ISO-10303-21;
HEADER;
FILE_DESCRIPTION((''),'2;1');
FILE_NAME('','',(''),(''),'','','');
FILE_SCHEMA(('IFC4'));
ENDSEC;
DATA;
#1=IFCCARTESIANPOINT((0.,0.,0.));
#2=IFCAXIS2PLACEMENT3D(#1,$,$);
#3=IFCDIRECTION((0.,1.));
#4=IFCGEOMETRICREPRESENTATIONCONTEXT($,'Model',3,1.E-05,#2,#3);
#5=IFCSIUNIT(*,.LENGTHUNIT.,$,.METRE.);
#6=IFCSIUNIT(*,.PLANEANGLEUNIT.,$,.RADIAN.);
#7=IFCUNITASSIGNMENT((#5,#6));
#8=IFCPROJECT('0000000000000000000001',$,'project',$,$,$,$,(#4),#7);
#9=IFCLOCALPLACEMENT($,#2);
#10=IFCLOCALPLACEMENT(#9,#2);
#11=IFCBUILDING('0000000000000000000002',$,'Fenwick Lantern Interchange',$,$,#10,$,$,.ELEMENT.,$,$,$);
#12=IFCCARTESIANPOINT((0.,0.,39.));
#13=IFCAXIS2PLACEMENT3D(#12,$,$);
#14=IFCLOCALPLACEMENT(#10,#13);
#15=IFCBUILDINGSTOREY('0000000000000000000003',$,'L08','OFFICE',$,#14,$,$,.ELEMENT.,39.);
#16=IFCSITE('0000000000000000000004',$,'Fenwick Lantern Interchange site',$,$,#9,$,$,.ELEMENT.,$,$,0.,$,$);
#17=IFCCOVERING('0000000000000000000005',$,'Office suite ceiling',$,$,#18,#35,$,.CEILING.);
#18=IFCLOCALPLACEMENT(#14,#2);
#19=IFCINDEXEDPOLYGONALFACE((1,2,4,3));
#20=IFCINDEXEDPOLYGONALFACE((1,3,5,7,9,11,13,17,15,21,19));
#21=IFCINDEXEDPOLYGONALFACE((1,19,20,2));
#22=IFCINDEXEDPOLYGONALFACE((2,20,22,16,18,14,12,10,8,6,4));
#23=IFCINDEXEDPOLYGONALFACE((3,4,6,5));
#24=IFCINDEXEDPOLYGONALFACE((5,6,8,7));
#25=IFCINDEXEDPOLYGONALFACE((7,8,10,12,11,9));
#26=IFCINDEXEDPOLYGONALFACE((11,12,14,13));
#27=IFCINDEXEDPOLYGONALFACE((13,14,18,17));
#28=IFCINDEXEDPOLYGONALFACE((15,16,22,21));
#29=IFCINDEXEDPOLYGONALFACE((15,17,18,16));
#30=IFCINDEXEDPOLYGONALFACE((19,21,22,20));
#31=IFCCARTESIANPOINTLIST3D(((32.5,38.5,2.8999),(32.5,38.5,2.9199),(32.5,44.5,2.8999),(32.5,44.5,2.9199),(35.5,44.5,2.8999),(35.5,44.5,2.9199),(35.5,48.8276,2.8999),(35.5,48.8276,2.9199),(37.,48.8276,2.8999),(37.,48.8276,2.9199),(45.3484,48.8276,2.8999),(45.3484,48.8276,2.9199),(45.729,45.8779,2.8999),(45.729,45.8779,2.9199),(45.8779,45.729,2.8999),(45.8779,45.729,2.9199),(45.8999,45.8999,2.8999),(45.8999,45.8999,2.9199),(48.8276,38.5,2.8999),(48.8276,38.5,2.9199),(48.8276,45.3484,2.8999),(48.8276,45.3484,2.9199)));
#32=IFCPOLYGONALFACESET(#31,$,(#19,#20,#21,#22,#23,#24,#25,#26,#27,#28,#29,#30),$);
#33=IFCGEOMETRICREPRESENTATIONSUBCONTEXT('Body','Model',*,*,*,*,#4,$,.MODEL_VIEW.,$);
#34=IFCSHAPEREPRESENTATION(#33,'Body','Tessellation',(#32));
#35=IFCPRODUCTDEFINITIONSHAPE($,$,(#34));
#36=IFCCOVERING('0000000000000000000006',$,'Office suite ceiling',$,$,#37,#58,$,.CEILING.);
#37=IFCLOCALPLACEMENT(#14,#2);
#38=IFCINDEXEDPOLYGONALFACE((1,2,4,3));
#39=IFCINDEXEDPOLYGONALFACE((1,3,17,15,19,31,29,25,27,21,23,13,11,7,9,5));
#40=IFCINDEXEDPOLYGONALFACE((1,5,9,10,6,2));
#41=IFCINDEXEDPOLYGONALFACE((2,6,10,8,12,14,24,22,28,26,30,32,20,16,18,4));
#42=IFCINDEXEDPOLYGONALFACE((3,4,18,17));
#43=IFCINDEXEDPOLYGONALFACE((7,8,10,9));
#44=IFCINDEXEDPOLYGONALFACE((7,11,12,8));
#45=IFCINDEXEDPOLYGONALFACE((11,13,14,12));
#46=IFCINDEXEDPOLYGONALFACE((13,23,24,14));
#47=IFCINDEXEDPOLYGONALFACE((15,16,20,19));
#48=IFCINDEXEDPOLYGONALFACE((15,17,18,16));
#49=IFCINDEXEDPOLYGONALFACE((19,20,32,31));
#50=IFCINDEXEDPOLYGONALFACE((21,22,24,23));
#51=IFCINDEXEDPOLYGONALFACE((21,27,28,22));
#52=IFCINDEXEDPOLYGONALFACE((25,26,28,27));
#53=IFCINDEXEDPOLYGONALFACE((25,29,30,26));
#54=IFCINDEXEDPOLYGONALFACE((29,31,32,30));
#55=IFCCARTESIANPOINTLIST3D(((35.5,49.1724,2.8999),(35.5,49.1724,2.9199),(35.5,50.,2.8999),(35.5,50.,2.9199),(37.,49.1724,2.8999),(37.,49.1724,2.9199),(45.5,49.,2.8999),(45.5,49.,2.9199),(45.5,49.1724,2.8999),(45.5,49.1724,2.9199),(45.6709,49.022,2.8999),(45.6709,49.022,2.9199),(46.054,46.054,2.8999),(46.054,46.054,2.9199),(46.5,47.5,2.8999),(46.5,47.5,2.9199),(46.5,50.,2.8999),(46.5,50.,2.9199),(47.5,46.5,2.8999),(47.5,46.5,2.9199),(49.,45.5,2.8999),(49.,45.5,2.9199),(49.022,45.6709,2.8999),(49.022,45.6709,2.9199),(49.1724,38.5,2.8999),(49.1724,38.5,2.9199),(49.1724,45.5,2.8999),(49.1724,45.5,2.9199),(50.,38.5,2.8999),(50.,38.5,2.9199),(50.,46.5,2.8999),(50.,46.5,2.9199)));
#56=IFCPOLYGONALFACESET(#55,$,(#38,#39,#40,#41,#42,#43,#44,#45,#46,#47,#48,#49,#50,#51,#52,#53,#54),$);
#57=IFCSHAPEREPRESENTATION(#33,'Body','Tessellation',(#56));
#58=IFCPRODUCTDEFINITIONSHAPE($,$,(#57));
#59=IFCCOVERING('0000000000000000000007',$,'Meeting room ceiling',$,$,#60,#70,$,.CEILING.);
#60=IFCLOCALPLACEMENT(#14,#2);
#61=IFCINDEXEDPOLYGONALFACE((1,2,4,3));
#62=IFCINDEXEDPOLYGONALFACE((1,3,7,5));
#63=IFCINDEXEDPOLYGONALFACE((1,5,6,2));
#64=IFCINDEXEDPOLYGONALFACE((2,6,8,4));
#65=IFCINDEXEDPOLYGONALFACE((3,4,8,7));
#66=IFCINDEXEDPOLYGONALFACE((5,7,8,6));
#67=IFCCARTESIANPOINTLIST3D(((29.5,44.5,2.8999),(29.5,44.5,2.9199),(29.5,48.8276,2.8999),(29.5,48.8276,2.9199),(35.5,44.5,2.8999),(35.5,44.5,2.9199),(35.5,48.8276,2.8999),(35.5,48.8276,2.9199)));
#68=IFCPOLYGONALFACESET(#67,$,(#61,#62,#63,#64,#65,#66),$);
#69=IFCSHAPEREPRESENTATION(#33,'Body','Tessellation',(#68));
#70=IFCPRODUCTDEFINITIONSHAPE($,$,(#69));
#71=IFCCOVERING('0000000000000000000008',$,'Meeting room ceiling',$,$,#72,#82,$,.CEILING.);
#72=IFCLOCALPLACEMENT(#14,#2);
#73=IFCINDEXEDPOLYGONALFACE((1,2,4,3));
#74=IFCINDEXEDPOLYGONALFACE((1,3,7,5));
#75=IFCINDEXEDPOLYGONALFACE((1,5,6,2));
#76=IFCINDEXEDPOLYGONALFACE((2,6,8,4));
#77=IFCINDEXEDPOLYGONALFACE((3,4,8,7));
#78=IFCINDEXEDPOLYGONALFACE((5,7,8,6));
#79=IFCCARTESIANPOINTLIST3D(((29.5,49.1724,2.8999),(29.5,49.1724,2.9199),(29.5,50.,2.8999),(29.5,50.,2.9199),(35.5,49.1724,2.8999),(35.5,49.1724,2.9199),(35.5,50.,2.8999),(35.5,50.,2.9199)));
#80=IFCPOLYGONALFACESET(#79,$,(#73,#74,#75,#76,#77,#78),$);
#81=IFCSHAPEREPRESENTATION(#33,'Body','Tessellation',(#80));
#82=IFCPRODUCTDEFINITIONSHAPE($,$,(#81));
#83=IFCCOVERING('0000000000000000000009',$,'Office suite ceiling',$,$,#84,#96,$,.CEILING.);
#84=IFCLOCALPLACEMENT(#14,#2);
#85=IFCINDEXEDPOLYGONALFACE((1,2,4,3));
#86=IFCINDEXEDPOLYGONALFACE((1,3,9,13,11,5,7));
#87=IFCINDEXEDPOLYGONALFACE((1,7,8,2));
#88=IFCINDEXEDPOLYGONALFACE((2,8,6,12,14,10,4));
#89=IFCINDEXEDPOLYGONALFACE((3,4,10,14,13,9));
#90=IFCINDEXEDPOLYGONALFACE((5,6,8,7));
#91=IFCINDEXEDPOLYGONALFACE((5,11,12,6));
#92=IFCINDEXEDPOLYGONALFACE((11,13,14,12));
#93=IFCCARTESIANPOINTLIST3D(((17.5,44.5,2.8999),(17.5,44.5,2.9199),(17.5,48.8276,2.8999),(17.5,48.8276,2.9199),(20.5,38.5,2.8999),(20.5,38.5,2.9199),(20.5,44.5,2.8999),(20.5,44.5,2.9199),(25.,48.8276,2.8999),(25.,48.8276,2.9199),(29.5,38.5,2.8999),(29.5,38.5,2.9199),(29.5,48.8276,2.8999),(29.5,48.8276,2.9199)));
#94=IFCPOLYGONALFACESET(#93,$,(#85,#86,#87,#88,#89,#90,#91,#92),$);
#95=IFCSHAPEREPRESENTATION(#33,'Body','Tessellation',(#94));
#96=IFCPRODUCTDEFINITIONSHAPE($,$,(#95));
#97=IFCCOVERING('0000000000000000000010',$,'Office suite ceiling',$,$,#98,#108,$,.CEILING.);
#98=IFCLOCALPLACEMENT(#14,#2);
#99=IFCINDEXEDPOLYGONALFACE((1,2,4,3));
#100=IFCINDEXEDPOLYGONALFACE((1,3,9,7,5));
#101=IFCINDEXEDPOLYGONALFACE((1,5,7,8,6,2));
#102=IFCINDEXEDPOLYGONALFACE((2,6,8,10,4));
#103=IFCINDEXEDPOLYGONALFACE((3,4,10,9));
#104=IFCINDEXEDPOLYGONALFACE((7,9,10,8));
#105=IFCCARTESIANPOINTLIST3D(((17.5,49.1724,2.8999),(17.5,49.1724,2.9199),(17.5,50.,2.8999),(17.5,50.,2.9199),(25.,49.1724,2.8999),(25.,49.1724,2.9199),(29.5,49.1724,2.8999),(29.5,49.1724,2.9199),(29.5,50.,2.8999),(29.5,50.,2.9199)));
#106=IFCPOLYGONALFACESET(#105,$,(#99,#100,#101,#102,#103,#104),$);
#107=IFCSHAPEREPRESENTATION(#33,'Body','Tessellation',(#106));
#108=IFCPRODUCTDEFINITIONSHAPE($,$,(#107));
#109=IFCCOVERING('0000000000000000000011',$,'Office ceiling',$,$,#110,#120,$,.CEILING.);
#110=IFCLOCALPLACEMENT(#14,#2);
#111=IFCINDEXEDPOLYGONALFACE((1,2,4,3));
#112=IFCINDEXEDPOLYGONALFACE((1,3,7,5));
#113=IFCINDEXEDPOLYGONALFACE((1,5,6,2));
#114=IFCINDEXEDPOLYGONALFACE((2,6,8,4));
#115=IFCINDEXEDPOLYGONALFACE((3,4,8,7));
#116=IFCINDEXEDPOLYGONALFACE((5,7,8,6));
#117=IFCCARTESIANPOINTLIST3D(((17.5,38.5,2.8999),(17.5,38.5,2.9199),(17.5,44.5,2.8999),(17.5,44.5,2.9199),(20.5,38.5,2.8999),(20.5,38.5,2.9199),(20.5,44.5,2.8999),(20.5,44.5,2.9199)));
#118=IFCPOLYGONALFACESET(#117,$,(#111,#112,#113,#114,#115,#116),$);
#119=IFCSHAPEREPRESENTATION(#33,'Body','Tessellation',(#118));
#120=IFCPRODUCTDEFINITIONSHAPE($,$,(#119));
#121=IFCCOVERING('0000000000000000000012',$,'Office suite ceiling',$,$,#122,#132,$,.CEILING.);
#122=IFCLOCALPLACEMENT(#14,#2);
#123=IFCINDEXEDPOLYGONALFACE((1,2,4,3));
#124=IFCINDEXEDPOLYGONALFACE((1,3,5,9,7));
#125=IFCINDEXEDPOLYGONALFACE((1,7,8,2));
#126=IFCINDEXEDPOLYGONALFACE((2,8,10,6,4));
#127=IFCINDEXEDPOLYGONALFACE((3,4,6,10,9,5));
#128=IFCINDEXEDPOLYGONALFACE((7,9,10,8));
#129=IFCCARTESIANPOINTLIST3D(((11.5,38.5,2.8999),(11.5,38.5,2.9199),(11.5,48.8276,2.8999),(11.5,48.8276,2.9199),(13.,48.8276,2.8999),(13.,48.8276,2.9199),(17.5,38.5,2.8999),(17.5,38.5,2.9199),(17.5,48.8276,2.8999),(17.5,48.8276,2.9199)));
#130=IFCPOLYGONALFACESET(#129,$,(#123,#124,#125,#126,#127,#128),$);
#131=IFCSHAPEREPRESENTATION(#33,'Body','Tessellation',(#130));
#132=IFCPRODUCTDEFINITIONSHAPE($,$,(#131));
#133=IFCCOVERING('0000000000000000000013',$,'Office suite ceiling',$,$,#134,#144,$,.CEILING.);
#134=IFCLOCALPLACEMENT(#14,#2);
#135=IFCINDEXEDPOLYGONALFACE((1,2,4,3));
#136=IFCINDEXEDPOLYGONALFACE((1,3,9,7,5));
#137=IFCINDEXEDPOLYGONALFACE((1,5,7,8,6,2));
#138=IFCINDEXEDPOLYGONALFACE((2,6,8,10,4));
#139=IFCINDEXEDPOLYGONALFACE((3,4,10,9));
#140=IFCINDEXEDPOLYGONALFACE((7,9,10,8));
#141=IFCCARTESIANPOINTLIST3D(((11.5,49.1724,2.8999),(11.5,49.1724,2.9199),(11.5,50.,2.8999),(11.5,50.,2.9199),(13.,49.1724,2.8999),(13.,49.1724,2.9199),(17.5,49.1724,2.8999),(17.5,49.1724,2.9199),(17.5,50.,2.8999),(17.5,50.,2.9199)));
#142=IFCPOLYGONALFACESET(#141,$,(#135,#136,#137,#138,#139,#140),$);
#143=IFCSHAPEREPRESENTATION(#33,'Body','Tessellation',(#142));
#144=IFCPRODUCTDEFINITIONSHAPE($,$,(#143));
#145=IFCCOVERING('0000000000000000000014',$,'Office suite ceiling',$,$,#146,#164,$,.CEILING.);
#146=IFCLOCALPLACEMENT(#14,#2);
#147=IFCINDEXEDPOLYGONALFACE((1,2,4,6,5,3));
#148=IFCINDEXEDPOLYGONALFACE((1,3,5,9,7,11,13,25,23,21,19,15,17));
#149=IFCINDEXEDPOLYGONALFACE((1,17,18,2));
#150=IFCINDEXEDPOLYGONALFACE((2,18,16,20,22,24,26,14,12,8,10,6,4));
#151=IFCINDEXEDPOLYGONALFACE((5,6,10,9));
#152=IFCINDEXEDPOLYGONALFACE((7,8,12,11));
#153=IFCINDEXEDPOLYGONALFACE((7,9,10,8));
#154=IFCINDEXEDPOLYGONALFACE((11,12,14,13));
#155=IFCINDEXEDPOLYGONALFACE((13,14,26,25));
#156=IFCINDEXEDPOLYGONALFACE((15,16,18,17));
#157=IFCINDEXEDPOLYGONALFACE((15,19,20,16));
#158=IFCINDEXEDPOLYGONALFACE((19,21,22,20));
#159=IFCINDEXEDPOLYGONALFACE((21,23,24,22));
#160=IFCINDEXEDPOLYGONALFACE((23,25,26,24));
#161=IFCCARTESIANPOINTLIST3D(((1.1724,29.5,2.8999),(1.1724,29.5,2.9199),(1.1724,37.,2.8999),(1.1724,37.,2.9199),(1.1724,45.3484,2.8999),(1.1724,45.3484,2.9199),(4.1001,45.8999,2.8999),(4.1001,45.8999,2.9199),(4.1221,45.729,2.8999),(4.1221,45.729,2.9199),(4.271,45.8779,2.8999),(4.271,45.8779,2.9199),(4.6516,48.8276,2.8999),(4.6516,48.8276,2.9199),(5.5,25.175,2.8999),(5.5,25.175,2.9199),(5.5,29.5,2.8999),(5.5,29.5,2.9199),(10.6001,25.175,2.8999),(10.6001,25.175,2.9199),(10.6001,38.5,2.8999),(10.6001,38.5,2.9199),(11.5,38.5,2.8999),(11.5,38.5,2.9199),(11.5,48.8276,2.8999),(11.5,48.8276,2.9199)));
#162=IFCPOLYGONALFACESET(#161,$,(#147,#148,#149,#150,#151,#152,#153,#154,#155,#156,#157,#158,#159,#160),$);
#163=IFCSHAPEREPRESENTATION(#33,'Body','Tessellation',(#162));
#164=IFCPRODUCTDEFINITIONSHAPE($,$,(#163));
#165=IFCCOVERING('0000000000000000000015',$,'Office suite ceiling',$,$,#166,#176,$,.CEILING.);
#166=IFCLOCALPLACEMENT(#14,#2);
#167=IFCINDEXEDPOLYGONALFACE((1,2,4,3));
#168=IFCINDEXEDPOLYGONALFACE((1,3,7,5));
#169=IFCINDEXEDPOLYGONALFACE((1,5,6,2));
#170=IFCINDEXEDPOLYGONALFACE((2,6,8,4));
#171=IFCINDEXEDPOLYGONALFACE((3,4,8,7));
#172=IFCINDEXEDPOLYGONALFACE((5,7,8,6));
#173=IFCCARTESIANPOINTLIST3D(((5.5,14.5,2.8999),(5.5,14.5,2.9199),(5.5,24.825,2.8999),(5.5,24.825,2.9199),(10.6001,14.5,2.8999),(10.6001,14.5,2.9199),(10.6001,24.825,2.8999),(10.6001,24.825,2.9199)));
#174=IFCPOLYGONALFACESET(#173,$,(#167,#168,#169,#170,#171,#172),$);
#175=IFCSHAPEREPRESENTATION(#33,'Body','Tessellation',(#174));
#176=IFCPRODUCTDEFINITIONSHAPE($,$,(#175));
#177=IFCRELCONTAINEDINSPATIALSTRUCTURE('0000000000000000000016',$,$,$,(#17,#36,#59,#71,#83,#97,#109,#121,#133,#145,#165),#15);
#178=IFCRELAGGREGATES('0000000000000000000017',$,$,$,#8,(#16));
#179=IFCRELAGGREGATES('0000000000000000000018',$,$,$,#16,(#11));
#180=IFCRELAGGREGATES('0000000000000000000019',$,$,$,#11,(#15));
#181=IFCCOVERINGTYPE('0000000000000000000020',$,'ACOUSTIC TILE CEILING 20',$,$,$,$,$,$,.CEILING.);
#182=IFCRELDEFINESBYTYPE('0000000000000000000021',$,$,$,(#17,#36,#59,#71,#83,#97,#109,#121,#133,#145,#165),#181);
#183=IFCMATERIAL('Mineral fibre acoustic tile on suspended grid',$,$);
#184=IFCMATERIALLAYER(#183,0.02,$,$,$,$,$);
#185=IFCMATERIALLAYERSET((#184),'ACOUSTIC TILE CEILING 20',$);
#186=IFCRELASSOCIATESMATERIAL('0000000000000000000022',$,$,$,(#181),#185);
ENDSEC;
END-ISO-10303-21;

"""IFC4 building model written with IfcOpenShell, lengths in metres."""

from ifc_helpers import new_model, si_unit, direction, frame, origin, place, context, subcontext, project, spatial, polyline, outline, extrude, material, layer, layer_set, type_object, element, save


model = new_model("IFC4")

# Units and contexts
model_context = context("Model", 3, precision=1e-05, world=origin(), true_north=direction((0.0, 1.0)))
body_context = subcontext(model_context, "Body", "Model", "MODEL_VIEW")
ifc_project = project(units=[si_unit("LENGTHUNIT", "METRE"), si_unit("PLANEANGLEUNIT", "RADIAN")], contexts=[model_context])

# Site, building, storey
site_placement = place(None, origin())
site = spatial("IfcSite", under=ifc_project, at=site_placement, Name="Fenwick Lantern Interchange site", CompositionType="ELEMENT", RefElevation=0.0)
building_placement = place(site_placement, origin())
building = spatial("IfcBuilding", under=site, at=building_placement, Name="Fenwick Lantern Interchange", CompositionType="ELEMENT")
storey_placement = place(building_placement, frame((0.0, 0.0, 39.0)))
storey = spatial("IfcBuildingStorey", under=building, at=storey_placement, Name="L08", Description="OFFICE", CompositionType="ELEMENT", Elevation=39.0)

# Coverings
ifc_material = material(Name="Mineral fibre acoustic tile on suspended grid")
ifc_layer = layer(ifc_material, 0.02)
ifc_layer_set = layer_set([ifc_layer], Name="ACOUSTIC TILE CEILING 20")
covering_type = type_object("IfcCoveringType", Name="ACOUSTIC TILE CEILING 20", PredefinedType="CEILING", material=ifc_layer_set)
covering_1_placement = place(storey_placement, frame((0.0, 0.0, 2.8999)))
element("IfcCovering", 1, at=covering_1_placement, inside=storey, type_object=covering_type, Name="Office suite ceiling", PredefinedType="CEILING", context=body_context, shape_type="SweptSolid", body=[
    extrude(outline(polyline([(32.5, 38.5), (48.8276, 38.5), (48.8276, 45.3484), (45.8779, 45.729), (45.8999, 45.8999), (45.729, 45.8779), (45.3484, 48.8276), (37.0, 48.8276), (35.5, 48.8276), (35.5, 44.5), (32.5, 44.5), (32.5, 38.5)])), origin(), (0.0, 0.0, 1.0), 0.02),
])
covering_2_placement = place(storey_placement, frame((0.0, 0.0, 2.8999)))
element("IfcCovering", 2, at=covering_2_placement, inside=storey, type_object=covering_type, Name="Office suite ceiling", PredefinedType="CEILING", context=body_context, shape_type="SweptSolid", body=[
    extrude(outline(polyline([(47.5, 46.5), (46.5, 47.5), (46.5, 50.0), (35.5, 50.0), (35.5, 49.1724), (37.0, 49.1724), (45.5, 49.1724), (45.5, 49.0), (45.6709, 49.022), (46.054, 46.054), (49.022, 45.6709), (49.0, 45.5), (49.1724, 45.5), (49.1724, 38.5), (50.0, 38.5), (50.0, 46.5), (47.5, 46.5)])), origin(), (0.0, 0.0, 1.0), 0.02),
])
covering_3_placement = place(storey_placement, frame((0.0, 0.0, 2.8999)))
element("IfcCovering", 3, at=covering_3_placement, inside=storey, type_object=covering_type, Name="Meeting room ceiling", PredefinedType="CEILING", context=body_context, shape_type="SweptSolid", body=[
    extrude(outline(polyline([(35.5, 44.5), (35.5, 48.8276), (29.5, 48.8276), (29.5, 44.5), (35.5, 44.5)])), origin(), (0.0, 0.0, 1.0), 0.02),
])
covering_4_placement = place(storey_placement, frame((0.0, 0.0, 2.8999)))
element("IfcCovering", 4, at=covering_4_placement, inside=storey, type_object=covering_type, Name="Meeting room ceiling", PredefinedType="CEILING", context=body_context, shape_type="SweptSolid", body=[
    extrude(outline(polyline([(29.5, 50.0), (29.5, 49.1724), (35.5, 49.1724), (35.5, 50.0), (29.5, 50.0)])), origin(), (0.0, 0.0, 1.0), 0.02),
])
covering_5_placement = place(storey_placement, frame((0.0, 0.0, 2.8999)))
element("IfcCovering", 5, at=covering_5_placement, inside=storey, type_object=covering_type, Name="Office suite ceiling", PredefinedType="CEILING", context=body_context, shape_type="SweptSolid", body=[
    extrude(outline(polyline([(29.5, 38.5), (29.5, 48.8276), (25.0, 48.8276), (17.5, 48.8276), (17.5, 44.5), (20.5, 44.5), (20.5, 38.5), (29.5, 38.5)])), origin(), (0.0, 0.0, 1.0), 0.02),
])
covering_6_placement = place(storey_placement, frame((0.0, 0.0, 2.8999)))
element("IfcCovering", 6, at=covering_6_placement, inside=storey, type_object=covering_type, Name="Office suite ceiling", PredefinedType="CEILING", context=body_context, shape_type="SweptSolid", body=[
    extrude(outline(polyline([(29.5, 49.1724), (29.5, 50.0), (17.5, 50.0), (17.5, 49.1724), (25.0, 49.1724), (29.5, 49.1724)])), origin(), (0.0, 0.0, 1.0), 0.02),
])
covering_7_placement = place(storey_placement, frame((0.0, 0.0, 2.8999)))
element("IfcCovering", 7, at=covering_7_placement, inside=storey, type_object=covering_type, Name="Office ceiling", PredefinedType="CEILING", context=body_context, shape_type="SweptSolid", body=[
    extrude(outline(polyline([(20.5, 44.5), (17.5, 44.5), (17.5, 38.5), (20.5, 38.5), (20.5, 44.5)])), origin(), (0.0, 0.0, 1.0), 0.02),
])
covering_8_placement = place(storey_placement, frame((0.0, 0.0, 2.8999)))
element("IfcCovering", 8, at=covering_8_placement, inside=storey, type_object=covering_type, Name="Office suite ceiling", PredefinedType="CEILING", context=body_context, shape_type="SweptSolid", body=[
    extrude(outline(polyline([(17.5, 38.5), (17.5, 48.8276), (13.0, 48.8276), (11.5, 48.8276), (11.5, 38.5), (17.5, 38.5)])), origin(), (0.0, 0.0, 1.0), 0.02),
])
covering_9_placement = place(storey_placement, frame((0.0, 0.0, 2.8999)))
element("IfcCovering", 9, at=covering_9_placement, inside=storey, type_object=covering_type, Name="Office suite ceiling", PredefinedType="CEILING", context=body_context, shape_type="SweptSolid", body=[
    extrude(outline(polyline([(17.5, 50.0), (11.5, 50.0), (11.5, 49.1724), (13.0, 49.1724), (17.5, 49.1724), (17.5, 50.0)])), origin(), (0.0, 0.0, 1.0), 0.02),
])
covering_10_placement = place(storey_placement, frame((0.0, 0.0, 2.8999)))
element("IfcCovering", 10, at=covering_10_placement, inside=storey, type_object=covering_type, Name="Office suite ceiling", PredefinedType="CEILING", context=body_context, shape_type="SweptSolid", body=[
    extrude(outline(polyline([(11.5, 38.5), (11.5, 48.8276), (4.6516, 48.8276), (4.271, 45.8779), (4.1001, 45.8999), (4.1221, 45.729), (1.1724, 45.3484), (1.1724, 37.0), (1.1724, 29.5), (5.5, 29.5), (5.5, 25.175), (10.6001, 25.175), (10.6001, 38.5), (11.5, 38.5)])), origin(), (0.0, 0.0, 1.0), 0.02),
])
covering_11_placement = place(storey_placement, frame((0.0, 0.0, 2.8999)))
element("IfcCovering", 11, at=covering_11_placement, inside=storey, type_object=covering_type, Name="Office suite ceiling", PredefinedType="CEILING", context=body_context, shape_type="SweptSolid", body=[
    extrude(outline(polyline([(10.6001, 14.5), (10.6001, 24.825), (5.5, 24.825), (5.5, 14.5), (10.6001, 14.5)])), origin(), (0.0, 0.0, 1.0), 0.02),
])

save(model, "model.ifc")
